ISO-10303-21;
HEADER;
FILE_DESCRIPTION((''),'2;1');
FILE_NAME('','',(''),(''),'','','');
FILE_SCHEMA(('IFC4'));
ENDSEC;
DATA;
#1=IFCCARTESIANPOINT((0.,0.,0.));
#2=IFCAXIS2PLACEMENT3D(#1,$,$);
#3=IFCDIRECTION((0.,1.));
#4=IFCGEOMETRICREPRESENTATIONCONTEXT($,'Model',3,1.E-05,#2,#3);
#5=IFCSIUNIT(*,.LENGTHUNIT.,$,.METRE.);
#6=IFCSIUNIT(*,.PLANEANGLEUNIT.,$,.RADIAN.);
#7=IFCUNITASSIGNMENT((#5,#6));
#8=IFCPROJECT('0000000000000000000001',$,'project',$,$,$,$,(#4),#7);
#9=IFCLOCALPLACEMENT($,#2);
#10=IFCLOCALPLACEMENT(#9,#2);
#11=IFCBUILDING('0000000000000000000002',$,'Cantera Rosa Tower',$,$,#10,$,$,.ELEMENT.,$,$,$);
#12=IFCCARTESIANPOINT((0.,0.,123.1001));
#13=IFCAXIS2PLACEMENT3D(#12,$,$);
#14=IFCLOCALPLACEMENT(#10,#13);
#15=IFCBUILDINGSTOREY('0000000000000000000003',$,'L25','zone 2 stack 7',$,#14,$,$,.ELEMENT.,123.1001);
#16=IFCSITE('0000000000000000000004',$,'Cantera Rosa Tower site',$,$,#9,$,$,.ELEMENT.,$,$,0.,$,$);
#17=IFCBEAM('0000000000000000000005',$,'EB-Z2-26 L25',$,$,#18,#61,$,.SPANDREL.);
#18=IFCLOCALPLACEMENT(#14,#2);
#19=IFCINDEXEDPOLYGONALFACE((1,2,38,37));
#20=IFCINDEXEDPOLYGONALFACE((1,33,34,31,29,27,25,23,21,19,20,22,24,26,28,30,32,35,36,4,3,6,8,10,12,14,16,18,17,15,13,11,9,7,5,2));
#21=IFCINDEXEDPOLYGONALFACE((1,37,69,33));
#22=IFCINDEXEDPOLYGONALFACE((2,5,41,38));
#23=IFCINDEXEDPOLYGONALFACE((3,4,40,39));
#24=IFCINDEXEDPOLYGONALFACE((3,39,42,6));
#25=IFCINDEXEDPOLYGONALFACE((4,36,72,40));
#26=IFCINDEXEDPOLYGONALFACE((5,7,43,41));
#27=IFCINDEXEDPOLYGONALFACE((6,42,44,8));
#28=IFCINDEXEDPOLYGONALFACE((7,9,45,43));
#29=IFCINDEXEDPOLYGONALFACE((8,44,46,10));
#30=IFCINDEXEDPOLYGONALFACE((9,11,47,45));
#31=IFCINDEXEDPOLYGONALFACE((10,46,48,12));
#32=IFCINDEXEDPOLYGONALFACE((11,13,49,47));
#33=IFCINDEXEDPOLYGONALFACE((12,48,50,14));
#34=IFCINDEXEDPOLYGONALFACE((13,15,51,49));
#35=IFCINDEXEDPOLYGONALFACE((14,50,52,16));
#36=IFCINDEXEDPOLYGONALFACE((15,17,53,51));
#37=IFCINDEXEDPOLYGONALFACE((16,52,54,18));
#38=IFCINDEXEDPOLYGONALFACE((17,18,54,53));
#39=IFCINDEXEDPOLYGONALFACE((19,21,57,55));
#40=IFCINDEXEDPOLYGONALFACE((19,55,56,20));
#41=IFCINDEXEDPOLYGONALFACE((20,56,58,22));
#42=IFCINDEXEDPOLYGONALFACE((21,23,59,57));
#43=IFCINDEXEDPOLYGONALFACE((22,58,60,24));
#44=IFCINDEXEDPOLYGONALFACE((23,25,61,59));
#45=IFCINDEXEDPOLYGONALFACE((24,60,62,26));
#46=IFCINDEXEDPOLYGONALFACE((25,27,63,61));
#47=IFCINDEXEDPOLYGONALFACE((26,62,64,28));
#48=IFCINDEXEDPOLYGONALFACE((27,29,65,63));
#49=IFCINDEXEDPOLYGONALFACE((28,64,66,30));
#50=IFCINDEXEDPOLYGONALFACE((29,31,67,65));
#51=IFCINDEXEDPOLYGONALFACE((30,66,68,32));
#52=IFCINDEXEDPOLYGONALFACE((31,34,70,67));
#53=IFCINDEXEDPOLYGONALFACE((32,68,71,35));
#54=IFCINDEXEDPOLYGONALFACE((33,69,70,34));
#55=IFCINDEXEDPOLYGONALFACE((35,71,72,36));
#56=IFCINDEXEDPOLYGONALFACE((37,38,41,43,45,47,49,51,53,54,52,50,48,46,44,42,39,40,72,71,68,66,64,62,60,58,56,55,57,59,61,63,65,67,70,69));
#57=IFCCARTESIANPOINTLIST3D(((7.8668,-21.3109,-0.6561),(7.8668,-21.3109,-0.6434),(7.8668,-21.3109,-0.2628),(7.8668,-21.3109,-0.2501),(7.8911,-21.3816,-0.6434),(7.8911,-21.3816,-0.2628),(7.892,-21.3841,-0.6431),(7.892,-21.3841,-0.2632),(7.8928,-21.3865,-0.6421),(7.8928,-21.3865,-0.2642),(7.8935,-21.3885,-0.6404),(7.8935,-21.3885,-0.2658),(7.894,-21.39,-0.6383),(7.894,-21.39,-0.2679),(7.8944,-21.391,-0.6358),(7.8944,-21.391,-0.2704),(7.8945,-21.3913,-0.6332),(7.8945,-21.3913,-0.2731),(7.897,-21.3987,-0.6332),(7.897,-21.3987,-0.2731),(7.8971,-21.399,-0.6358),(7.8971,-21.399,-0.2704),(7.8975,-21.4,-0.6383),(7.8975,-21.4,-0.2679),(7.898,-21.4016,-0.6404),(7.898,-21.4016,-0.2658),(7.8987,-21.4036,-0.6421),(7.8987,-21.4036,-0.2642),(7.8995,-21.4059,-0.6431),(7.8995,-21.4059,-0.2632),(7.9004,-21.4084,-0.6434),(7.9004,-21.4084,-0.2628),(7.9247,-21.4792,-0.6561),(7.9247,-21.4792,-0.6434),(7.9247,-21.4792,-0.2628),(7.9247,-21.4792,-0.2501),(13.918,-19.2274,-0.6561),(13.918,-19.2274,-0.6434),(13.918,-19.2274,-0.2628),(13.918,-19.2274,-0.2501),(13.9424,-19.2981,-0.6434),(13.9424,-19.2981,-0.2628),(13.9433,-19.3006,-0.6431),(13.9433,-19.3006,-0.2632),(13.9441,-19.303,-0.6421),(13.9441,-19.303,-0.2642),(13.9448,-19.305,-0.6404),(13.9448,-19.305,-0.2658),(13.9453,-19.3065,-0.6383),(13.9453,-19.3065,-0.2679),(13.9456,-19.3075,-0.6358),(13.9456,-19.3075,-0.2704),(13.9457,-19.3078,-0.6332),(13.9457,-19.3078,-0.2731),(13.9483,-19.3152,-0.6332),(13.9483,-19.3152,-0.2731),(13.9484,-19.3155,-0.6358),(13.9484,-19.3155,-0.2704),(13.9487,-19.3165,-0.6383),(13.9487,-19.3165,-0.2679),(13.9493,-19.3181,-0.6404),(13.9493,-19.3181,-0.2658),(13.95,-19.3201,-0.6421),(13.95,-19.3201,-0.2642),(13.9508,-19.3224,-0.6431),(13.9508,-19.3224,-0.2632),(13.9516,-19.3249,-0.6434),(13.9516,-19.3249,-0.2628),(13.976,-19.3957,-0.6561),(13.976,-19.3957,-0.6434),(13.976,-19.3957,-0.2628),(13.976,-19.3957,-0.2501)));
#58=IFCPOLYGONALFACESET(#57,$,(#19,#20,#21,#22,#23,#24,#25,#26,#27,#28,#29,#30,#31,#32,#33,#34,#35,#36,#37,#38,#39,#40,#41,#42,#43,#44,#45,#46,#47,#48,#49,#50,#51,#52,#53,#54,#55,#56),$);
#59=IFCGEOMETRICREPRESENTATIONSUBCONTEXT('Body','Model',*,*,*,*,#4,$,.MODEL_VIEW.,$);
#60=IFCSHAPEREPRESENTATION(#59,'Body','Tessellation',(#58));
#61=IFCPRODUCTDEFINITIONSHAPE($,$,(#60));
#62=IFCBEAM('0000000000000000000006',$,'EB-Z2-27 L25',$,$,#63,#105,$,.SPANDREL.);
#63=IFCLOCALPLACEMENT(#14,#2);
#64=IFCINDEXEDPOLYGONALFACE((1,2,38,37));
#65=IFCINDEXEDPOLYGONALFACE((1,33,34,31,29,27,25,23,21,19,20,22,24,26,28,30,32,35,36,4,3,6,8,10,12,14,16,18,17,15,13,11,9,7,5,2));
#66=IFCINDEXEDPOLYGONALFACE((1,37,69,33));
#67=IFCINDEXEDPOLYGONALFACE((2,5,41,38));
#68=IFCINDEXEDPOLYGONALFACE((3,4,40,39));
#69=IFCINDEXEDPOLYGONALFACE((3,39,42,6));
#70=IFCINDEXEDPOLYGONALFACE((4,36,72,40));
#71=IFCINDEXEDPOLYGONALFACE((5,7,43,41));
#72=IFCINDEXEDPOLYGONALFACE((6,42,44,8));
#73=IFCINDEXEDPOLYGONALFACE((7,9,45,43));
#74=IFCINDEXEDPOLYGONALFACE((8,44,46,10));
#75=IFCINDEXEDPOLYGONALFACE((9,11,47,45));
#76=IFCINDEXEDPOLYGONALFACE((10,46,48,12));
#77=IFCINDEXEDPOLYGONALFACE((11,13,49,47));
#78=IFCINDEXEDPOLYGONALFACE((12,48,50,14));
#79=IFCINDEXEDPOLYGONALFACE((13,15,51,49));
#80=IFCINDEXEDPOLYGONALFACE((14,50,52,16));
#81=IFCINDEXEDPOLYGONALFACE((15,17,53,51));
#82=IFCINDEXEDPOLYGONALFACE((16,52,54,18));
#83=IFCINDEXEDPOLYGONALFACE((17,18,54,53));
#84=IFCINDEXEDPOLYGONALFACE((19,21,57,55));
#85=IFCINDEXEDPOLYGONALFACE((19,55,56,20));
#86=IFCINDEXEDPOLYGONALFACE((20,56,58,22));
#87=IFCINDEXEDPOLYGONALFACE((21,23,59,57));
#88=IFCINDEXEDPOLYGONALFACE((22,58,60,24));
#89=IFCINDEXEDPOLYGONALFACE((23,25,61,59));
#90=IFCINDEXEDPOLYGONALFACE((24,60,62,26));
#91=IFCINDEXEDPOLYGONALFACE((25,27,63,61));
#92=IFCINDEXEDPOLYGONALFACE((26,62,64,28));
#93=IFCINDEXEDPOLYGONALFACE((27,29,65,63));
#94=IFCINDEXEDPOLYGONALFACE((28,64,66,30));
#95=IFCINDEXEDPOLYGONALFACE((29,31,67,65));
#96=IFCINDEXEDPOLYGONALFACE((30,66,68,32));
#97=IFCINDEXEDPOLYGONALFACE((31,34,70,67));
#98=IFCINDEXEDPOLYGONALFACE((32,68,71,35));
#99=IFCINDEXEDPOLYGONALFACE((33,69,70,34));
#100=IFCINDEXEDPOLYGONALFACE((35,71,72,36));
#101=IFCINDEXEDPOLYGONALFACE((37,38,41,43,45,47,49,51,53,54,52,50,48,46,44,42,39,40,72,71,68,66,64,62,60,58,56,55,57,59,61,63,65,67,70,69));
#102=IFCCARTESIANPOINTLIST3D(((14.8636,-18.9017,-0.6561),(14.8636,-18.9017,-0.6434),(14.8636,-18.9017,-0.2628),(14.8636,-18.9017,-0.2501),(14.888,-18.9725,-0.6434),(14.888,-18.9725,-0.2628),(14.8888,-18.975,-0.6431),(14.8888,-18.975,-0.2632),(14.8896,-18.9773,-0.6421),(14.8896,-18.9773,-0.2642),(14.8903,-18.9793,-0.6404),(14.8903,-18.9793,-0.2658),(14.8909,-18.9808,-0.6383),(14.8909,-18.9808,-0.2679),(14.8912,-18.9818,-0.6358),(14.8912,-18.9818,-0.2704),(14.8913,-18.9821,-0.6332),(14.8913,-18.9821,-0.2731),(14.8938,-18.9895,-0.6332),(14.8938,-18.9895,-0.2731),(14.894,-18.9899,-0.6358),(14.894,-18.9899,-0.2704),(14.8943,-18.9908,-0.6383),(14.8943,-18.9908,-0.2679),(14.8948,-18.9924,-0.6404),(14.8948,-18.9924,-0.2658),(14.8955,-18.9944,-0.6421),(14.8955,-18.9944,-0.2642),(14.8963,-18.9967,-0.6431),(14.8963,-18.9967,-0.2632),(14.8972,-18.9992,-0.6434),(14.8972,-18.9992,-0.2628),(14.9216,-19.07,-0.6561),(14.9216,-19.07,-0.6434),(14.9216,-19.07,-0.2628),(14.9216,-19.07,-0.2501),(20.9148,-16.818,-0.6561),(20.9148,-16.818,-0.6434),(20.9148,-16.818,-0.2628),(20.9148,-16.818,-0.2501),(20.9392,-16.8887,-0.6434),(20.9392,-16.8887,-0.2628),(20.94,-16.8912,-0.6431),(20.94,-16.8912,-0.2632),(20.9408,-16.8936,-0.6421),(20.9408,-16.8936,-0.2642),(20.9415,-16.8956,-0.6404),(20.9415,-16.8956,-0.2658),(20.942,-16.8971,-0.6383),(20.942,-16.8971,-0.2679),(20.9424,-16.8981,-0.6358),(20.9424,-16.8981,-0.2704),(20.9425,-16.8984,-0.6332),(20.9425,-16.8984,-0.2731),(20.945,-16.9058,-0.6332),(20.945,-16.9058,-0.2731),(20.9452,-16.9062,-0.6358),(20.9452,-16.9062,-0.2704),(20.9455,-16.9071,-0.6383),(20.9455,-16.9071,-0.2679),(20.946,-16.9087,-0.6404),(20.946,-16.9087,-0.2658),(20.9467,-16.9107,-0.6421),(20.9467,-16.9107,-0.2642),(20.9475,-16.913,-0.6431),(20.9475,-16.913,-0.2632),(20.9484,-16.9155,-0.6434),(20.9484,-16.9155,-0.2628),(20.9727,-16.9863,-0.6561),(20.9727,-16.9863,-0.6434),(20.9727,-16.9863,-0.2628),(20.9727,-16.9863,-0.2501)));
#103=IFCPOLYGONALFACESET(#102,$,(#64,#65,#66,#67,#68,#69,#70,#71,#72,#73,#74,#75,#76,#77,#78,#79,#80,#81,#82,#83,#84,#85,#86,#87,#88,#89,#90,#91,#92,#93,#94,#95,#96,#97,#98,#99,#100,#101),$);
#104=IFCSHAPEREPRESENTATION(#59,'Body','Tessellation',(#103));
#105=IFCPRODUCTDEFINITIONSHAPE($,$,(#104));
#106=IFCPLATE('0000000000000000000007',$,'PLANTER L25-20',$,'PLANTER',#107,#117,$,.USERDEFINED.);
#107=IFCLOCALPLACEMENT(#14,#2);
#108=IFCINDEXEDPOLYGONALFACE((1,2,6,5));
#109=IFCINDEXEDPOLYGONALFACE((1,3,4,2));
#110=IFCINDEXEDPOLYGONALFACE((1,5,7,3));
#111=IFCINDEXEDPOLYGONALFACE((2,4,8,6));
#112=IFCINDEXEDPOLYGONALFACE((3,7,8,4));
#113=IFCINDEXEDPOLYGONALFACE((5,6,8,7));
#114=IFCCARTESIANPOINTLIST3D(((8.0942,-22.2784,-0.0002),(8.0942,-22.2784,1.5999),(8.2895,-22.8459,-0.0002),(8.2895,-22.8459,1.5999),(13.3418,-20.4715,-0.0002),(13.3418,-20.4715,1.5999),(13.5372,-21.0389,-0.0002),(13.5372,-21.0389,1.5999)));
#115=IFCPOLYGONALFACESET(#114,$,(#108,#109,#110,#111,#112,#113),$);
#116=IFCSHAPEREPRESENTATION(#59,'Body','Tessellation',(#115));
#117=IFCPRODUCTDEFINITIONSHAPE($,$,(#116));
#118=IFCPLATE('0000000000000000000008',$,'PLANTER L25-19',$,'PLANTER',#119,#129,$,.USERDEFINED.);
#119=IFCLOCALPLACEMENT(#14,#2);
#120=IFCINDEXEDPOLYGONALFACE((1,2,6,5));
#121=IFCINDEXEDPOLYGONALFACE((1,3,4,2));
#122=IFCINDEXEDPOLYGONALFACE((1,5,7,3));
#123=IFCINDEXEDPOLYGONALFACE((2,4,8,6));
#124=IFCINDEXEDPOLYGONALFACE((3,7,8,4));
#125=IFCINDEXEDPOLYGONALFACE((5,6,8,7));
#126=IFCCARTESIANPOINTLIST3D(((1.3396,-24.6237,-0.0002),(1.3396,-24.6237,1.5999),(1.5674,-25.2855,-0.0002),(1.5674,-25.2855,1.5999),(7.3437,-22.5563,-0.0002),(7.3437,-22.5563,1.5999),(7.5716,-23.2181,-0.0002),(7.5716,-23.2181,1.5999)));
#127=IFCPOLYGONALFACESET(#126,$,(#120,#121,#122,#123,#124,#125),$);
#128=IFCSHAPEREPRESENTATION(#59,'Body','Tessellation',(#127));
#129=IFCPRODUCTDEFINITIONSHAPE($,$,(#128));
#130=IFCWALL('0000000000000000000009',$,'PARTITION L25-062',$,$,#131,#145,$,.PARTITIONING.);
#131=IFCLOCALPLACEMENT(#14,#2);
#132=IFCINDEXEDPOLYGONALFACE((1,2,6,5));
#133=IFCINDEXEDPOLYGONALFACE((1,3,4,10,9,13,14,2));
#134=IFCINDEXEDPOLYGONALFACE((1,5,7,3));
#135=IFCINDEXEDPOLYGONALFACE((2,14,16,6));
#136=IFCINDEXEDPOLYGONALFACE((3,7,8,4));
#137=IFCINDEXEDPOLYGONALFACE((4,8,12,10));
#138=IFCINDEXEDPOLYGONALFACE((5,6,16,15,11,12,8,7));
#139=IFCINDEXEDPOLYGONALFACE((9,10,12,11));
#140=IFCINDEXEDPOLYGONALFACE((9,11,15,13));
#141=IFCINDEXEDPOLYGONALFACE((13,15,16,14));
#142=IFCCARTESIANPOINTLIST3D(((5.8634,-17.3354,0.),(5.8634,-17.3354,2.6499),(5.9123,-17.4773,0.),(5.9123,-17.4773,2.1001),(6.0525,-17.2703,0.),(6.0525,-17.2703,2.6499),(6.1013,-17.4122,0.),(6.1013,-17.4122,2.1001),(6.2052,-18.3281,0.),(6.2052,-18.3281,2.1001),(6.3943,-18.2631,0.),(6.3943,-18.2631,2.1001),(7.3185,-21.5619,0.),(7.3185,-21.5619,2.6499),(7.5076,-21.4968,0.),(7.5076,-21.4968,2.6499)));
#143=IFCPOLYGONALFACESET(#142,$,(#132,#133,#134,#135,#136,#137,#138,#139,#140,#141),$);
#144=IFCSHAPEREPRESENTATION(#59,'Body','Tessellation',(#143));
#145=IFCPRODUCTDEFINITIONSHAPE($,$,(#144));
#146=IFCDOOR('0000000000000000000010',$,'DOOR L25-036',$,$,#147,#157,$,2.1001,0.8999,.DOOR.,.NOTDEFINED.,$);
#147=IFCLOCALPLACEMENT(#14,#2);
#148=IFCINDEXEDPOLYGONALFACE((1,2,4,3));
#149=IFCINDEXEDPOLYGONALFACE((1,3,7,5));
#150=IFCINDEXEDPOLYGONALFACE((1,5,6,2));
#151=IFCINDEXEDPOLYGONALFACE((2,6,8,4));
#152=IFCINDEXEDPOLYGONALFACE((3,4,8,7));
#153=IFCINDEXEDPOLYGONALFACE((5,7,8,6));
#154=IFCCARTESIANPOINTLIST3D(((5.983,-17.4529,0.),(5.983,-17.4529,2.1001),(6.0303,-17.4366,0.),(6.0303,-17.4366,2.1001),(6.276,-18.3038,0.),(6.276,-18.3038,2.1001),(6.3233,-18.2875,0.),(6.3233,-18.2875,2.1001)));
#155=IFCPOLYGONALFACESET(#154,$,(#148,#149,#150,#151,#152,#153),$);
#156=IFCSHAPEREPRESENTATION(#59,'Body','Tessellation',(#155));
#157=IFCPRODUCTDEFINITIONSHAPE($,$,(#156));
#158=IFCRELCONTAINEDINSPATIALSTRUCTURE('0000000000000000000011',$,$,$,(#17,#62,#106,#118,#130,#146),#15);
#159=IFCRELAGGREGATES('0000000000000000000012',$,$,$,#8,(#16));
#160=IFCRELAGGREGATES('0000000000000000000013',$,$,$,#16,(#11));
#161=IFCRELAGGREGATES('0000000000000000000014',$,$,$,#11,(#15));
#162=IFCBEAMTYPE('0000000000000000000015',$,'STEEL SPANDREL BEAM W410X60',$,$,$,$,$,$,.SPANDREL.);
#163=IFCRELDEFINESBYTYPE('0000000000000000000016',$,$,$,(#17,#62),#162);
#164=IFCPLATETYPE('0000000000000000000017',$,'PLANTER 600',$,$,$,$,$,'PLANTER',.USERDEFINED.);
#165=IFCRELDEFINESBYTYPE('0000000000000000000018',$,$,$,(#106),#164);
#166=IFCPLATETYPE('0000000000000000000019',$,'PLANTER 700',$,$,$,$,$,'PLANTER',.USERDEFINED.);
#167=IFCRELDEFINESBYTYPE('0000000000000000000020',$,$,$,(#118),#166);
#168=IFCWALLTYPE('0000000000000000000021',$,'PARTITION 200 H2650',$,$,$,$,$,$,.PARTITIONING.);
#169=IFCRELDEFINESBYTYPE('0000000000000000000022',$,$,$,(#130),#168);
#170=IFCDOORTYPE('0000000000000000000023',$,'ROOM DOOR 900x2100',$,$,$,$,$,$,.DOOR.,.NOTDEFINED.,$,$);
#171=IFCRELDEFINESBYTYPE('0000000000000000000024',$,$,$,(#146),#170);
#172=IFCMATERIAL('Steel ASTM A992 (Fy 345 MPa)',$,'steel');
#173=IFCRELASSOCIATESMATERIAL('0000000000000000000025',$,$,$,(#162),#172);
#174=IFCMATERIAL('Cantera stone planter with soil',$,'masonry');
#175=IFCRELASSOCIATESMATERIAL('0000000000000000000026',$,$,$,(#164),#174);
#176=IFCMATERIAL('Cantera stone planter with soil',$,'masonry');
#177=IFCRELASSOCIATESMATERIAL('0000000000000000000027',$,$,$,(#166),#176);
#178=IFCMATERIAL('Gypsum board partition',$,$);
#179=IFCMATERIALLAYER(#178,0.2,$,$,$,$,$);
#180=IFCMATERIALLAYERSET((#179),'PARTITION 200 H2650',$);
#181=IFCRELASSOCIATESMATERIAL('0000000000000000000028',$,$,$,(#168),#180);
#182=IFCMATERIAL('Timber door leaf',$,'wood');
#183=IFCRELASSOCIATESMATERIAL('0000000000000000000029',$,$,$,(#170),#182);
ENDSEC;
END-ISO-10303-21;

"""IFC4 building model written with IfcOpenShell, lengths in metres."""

from ifc_helpers import new_model, si_unit, direction, frame, frame_2d, origin, origin_2d, place, context, subcontext, project, spatial, rectangle, i_section, extrude, material, layer, layer_set, material_profile, profile_set, type_object, element, fill, save


model = new_model("IFC4")

# Units and contexts
model_context = context("Model", 3, precision=1e-05, world=origin(), true_north=direction((0.0, 1.0)))
body_context = subcontext(model_context, "Body", "Model", "MODEL_VIEW")
ifc_project = project(units=[si_unit("LENGTHUNIT", "METRE"), si_unit("PLANEANGLEUNIT", "RADIAN")], contexts=[model_context])

# Site, building, storey
site_placement = place(None, origin())
site = spatial("IfcSite", under=ifc_project, at=site_placement, Name="Cantera Rosa Tower site", CompositionType="ELEMENT", RefElevation=0.0)
building_placement = place(site_placement, origin())
building = spatial("IfcBuilding", under=site, at=building_placement, Name="Cantera Rosa Tower", CompositionType="ELEMENT")
storey_placement = place(building_placement, frame((0.0, 0.0, 123.1001)))
storey = spatial("IfcBuildingStorey", under=building, at=storey_placement, Name="L25", Description="zone 2 stack 7", CompositionType="ELEMENT", Elevation=123.1001)

# Beams
ifc_material_1 = material(Name="Steel ASTM A992 (Fy 345 MPa)", Category="steel")
ifc_material_profile_1 = material_profile(ifc_material_1, i_section(OverallWidth=0.178, OverallDepth=0.406, WebThickness=0.0078, FlangeThickness=0.0127, FilletRadius=0.0103, at=origin_2d()), Name="W410X60")
ifc_profile_set_1 = profile_set([ifc_material_profile_1], Name="Steel ASTM A992 (Fy 345 MPa)")
beam_type_1 = type_object("IfcBeamType", Name="STEEL SPANDREL BEAM W410X60", PredefinedType="SPANDREL", material=ifc_profile_set_1)
for number, where, z_axis, x_axis, name in (
    (1, (7.8958, -21.395, -0.4531), (0.945524, 0.325551, 0.0), (-0.325551, 0.945524, 0.0), "EB-Z2-26 L25"),
    (2, (14.8926, -18.9858, -0.4531), (0.945513, 0.325585, 0.0), (-0.325585, 0.945513, 0.0), "EB-Z2-27 L25"),
):
    element("IfcBeam", number, at=place(storey_placement, frame(where, z_axis=z_axis, x_axis=x_axis)), inside=storey, type_object=beam_type_1, Name=name, PredefinedType="SPANDREL", context=body_context, shape_type="SweptSolid", body=[
        extrude(i_section(OverallWidth=0.178, OverallDepth=0.406, WebThickness=0.0078, FlangeThickness=0.0127, FilletRadius=0.0103, at=origin_2d()), origin(), (0.0, 0.0, 1.0), 6.3999),
    ])

# Plates
ifc_material_2 = material(Name="Cantera stone planter with soil", Category="masonry")
plate_type_1 = type_object("IfcPlateType", Name="PLANTER 600", ElementType="PLANTER", PredefinedType="USERDEFINED", material=ifc_material_2)
plate_1_placement = place(storey_placement, frame((10.8157, -21.6587, -0.0002), z_axis=(0.0, 0.0, 1.0), x_axis=(0.945519, 0.325568, 0.0)))
element("IfcPlate", 3, at=plate_1_placement, inside=storey, type_object=plate_type_1, Name="PLANTER L25-20", ObjectType="PLANTER", PredefinedType="USERDEFINED", context=body_context, shape_type="SweptSolid", body=[
    extrude(rectangle(XDim=5.55, YDim=0.6001, at=origin_2d()), origin(), (0.0, 0.0, 1.0), 1.6001),
])
ifc_material_3 = material(Name="Cantera stone planter with soil", Category="masonry")
plate_type_2 = type_object("IfcPlateType", Name="PLANTER 700", ElementType="PLANTER", PredefinedType="USERDEFINED", material=ifc_material_3)
plate_2_placement = place(storey_placement, frame((4.4556, -23.9209, -0.0002), z_axis=(0.0, 0.0, 1.0), x_axis=(0.945519, 0.325568, 0.0)))
element("IfcPlate", 4, at=plate_2_placement, inside=storey, type_object=plate_type_2, Name="PLANTER L25-19", ObjectType="PLANTER", PredefinedType="USERDEFINED", context=body_context, shape_type="SweptSolid", body=[
    extrude(rectangle(XDim=6.3501, YDim=0.7, at=origin_2d()), origin(), (0.0, 0.0, 1.0), 1.6001),
])

# Wall, opening, door
ifc_material_4 = material(Name="Gypsum board partition")
ifc_layer_1 = layer(ifc_material_4, 0.2)
ifc_layer_set_1 = layer_set([ifc_layer_1], Name="PARTITION 200 H2650")
wall_type_1 = type_object("IfcWallType", Name="PARTITION 200 H2650", PredefinedType="PARTITIONING", material=ifc_layer_set_1)
wall_1_placement = place(storey_placement, frame((5.958, -17.303, 0.0), z_axis=(0.0, 0.0, 1.0), x_axis=(0.325519, -0.945535, 0.0)))
wall_1 = element("IfcWall", 5, at=wall_1_placement, inside=storey, type_object=wall_type_1, Name="PARTITION L25-062", PredefinedType="PARTITIONING", context=body_context, shape_type="SweptSolid", body=[
    extrude(rectangle(XDim=4.47, YDim=0.2, at=frame_2d((2.2349, 0.0))), origin(), (0.0, 0.0, 1.0), 2.6499),
])
opening_1_placement = place(wall_1_placement, frame((0.1499, 0.0, 0.0)))
opening_1 = element("IfcOpeningElement", 6, at=opening_1_placement, cuts=wall_1, PredefinedType="OPENING", context=body_context, shape_type="SweptSolid", body=[
    extrude(rectangle(XDim=0.8999, YDim=2.1001, at=frame_2d((0.45, 1.05))), frame((0.0, 0.1099, 0.0), z_axis=(0.0, -1.0, 0.0), x_axis=(1.0, 0.0, 0.0)), (0.0, 0.0, 1.0), 0.22),
])
ifc_material_5 = material(Name="Timber door leaf", Category="wood")
door_type_1 = type_object("IfcDoorType", Name="ROOM DOOR 900x2100", OperationType="NOTDEFINED", PredefinedType="DOOR", material=ifc_material_5)
door_1_placement = place(opening_1_placement, origin())
door_1 = element("IfcDoor", 7, at=door_1_placement, inside=storey, type_object=door_type_1, Name="DOOR L25-036", OperationType="NOTDEFINED", OverallHeight=2.1001, OverallWidth=0.8999, PredefinedType="DOOR", context=body_context, shape_type="SweptSolid", body=[
    extrude(rectangle(XDim=0.8999, YDim=2.1001, at=frame_2d((0.45, 1.05))), frame((0.0, 0.0249, 0.0), z_axis=(0.0, -1.0, 0.0), x_axis=(1.0, 0.0, 0.0)), (0.0, 0.0, 1.0), 0.05),
])
fill(opening_1, door_1)

save(model, "model.ifc")
